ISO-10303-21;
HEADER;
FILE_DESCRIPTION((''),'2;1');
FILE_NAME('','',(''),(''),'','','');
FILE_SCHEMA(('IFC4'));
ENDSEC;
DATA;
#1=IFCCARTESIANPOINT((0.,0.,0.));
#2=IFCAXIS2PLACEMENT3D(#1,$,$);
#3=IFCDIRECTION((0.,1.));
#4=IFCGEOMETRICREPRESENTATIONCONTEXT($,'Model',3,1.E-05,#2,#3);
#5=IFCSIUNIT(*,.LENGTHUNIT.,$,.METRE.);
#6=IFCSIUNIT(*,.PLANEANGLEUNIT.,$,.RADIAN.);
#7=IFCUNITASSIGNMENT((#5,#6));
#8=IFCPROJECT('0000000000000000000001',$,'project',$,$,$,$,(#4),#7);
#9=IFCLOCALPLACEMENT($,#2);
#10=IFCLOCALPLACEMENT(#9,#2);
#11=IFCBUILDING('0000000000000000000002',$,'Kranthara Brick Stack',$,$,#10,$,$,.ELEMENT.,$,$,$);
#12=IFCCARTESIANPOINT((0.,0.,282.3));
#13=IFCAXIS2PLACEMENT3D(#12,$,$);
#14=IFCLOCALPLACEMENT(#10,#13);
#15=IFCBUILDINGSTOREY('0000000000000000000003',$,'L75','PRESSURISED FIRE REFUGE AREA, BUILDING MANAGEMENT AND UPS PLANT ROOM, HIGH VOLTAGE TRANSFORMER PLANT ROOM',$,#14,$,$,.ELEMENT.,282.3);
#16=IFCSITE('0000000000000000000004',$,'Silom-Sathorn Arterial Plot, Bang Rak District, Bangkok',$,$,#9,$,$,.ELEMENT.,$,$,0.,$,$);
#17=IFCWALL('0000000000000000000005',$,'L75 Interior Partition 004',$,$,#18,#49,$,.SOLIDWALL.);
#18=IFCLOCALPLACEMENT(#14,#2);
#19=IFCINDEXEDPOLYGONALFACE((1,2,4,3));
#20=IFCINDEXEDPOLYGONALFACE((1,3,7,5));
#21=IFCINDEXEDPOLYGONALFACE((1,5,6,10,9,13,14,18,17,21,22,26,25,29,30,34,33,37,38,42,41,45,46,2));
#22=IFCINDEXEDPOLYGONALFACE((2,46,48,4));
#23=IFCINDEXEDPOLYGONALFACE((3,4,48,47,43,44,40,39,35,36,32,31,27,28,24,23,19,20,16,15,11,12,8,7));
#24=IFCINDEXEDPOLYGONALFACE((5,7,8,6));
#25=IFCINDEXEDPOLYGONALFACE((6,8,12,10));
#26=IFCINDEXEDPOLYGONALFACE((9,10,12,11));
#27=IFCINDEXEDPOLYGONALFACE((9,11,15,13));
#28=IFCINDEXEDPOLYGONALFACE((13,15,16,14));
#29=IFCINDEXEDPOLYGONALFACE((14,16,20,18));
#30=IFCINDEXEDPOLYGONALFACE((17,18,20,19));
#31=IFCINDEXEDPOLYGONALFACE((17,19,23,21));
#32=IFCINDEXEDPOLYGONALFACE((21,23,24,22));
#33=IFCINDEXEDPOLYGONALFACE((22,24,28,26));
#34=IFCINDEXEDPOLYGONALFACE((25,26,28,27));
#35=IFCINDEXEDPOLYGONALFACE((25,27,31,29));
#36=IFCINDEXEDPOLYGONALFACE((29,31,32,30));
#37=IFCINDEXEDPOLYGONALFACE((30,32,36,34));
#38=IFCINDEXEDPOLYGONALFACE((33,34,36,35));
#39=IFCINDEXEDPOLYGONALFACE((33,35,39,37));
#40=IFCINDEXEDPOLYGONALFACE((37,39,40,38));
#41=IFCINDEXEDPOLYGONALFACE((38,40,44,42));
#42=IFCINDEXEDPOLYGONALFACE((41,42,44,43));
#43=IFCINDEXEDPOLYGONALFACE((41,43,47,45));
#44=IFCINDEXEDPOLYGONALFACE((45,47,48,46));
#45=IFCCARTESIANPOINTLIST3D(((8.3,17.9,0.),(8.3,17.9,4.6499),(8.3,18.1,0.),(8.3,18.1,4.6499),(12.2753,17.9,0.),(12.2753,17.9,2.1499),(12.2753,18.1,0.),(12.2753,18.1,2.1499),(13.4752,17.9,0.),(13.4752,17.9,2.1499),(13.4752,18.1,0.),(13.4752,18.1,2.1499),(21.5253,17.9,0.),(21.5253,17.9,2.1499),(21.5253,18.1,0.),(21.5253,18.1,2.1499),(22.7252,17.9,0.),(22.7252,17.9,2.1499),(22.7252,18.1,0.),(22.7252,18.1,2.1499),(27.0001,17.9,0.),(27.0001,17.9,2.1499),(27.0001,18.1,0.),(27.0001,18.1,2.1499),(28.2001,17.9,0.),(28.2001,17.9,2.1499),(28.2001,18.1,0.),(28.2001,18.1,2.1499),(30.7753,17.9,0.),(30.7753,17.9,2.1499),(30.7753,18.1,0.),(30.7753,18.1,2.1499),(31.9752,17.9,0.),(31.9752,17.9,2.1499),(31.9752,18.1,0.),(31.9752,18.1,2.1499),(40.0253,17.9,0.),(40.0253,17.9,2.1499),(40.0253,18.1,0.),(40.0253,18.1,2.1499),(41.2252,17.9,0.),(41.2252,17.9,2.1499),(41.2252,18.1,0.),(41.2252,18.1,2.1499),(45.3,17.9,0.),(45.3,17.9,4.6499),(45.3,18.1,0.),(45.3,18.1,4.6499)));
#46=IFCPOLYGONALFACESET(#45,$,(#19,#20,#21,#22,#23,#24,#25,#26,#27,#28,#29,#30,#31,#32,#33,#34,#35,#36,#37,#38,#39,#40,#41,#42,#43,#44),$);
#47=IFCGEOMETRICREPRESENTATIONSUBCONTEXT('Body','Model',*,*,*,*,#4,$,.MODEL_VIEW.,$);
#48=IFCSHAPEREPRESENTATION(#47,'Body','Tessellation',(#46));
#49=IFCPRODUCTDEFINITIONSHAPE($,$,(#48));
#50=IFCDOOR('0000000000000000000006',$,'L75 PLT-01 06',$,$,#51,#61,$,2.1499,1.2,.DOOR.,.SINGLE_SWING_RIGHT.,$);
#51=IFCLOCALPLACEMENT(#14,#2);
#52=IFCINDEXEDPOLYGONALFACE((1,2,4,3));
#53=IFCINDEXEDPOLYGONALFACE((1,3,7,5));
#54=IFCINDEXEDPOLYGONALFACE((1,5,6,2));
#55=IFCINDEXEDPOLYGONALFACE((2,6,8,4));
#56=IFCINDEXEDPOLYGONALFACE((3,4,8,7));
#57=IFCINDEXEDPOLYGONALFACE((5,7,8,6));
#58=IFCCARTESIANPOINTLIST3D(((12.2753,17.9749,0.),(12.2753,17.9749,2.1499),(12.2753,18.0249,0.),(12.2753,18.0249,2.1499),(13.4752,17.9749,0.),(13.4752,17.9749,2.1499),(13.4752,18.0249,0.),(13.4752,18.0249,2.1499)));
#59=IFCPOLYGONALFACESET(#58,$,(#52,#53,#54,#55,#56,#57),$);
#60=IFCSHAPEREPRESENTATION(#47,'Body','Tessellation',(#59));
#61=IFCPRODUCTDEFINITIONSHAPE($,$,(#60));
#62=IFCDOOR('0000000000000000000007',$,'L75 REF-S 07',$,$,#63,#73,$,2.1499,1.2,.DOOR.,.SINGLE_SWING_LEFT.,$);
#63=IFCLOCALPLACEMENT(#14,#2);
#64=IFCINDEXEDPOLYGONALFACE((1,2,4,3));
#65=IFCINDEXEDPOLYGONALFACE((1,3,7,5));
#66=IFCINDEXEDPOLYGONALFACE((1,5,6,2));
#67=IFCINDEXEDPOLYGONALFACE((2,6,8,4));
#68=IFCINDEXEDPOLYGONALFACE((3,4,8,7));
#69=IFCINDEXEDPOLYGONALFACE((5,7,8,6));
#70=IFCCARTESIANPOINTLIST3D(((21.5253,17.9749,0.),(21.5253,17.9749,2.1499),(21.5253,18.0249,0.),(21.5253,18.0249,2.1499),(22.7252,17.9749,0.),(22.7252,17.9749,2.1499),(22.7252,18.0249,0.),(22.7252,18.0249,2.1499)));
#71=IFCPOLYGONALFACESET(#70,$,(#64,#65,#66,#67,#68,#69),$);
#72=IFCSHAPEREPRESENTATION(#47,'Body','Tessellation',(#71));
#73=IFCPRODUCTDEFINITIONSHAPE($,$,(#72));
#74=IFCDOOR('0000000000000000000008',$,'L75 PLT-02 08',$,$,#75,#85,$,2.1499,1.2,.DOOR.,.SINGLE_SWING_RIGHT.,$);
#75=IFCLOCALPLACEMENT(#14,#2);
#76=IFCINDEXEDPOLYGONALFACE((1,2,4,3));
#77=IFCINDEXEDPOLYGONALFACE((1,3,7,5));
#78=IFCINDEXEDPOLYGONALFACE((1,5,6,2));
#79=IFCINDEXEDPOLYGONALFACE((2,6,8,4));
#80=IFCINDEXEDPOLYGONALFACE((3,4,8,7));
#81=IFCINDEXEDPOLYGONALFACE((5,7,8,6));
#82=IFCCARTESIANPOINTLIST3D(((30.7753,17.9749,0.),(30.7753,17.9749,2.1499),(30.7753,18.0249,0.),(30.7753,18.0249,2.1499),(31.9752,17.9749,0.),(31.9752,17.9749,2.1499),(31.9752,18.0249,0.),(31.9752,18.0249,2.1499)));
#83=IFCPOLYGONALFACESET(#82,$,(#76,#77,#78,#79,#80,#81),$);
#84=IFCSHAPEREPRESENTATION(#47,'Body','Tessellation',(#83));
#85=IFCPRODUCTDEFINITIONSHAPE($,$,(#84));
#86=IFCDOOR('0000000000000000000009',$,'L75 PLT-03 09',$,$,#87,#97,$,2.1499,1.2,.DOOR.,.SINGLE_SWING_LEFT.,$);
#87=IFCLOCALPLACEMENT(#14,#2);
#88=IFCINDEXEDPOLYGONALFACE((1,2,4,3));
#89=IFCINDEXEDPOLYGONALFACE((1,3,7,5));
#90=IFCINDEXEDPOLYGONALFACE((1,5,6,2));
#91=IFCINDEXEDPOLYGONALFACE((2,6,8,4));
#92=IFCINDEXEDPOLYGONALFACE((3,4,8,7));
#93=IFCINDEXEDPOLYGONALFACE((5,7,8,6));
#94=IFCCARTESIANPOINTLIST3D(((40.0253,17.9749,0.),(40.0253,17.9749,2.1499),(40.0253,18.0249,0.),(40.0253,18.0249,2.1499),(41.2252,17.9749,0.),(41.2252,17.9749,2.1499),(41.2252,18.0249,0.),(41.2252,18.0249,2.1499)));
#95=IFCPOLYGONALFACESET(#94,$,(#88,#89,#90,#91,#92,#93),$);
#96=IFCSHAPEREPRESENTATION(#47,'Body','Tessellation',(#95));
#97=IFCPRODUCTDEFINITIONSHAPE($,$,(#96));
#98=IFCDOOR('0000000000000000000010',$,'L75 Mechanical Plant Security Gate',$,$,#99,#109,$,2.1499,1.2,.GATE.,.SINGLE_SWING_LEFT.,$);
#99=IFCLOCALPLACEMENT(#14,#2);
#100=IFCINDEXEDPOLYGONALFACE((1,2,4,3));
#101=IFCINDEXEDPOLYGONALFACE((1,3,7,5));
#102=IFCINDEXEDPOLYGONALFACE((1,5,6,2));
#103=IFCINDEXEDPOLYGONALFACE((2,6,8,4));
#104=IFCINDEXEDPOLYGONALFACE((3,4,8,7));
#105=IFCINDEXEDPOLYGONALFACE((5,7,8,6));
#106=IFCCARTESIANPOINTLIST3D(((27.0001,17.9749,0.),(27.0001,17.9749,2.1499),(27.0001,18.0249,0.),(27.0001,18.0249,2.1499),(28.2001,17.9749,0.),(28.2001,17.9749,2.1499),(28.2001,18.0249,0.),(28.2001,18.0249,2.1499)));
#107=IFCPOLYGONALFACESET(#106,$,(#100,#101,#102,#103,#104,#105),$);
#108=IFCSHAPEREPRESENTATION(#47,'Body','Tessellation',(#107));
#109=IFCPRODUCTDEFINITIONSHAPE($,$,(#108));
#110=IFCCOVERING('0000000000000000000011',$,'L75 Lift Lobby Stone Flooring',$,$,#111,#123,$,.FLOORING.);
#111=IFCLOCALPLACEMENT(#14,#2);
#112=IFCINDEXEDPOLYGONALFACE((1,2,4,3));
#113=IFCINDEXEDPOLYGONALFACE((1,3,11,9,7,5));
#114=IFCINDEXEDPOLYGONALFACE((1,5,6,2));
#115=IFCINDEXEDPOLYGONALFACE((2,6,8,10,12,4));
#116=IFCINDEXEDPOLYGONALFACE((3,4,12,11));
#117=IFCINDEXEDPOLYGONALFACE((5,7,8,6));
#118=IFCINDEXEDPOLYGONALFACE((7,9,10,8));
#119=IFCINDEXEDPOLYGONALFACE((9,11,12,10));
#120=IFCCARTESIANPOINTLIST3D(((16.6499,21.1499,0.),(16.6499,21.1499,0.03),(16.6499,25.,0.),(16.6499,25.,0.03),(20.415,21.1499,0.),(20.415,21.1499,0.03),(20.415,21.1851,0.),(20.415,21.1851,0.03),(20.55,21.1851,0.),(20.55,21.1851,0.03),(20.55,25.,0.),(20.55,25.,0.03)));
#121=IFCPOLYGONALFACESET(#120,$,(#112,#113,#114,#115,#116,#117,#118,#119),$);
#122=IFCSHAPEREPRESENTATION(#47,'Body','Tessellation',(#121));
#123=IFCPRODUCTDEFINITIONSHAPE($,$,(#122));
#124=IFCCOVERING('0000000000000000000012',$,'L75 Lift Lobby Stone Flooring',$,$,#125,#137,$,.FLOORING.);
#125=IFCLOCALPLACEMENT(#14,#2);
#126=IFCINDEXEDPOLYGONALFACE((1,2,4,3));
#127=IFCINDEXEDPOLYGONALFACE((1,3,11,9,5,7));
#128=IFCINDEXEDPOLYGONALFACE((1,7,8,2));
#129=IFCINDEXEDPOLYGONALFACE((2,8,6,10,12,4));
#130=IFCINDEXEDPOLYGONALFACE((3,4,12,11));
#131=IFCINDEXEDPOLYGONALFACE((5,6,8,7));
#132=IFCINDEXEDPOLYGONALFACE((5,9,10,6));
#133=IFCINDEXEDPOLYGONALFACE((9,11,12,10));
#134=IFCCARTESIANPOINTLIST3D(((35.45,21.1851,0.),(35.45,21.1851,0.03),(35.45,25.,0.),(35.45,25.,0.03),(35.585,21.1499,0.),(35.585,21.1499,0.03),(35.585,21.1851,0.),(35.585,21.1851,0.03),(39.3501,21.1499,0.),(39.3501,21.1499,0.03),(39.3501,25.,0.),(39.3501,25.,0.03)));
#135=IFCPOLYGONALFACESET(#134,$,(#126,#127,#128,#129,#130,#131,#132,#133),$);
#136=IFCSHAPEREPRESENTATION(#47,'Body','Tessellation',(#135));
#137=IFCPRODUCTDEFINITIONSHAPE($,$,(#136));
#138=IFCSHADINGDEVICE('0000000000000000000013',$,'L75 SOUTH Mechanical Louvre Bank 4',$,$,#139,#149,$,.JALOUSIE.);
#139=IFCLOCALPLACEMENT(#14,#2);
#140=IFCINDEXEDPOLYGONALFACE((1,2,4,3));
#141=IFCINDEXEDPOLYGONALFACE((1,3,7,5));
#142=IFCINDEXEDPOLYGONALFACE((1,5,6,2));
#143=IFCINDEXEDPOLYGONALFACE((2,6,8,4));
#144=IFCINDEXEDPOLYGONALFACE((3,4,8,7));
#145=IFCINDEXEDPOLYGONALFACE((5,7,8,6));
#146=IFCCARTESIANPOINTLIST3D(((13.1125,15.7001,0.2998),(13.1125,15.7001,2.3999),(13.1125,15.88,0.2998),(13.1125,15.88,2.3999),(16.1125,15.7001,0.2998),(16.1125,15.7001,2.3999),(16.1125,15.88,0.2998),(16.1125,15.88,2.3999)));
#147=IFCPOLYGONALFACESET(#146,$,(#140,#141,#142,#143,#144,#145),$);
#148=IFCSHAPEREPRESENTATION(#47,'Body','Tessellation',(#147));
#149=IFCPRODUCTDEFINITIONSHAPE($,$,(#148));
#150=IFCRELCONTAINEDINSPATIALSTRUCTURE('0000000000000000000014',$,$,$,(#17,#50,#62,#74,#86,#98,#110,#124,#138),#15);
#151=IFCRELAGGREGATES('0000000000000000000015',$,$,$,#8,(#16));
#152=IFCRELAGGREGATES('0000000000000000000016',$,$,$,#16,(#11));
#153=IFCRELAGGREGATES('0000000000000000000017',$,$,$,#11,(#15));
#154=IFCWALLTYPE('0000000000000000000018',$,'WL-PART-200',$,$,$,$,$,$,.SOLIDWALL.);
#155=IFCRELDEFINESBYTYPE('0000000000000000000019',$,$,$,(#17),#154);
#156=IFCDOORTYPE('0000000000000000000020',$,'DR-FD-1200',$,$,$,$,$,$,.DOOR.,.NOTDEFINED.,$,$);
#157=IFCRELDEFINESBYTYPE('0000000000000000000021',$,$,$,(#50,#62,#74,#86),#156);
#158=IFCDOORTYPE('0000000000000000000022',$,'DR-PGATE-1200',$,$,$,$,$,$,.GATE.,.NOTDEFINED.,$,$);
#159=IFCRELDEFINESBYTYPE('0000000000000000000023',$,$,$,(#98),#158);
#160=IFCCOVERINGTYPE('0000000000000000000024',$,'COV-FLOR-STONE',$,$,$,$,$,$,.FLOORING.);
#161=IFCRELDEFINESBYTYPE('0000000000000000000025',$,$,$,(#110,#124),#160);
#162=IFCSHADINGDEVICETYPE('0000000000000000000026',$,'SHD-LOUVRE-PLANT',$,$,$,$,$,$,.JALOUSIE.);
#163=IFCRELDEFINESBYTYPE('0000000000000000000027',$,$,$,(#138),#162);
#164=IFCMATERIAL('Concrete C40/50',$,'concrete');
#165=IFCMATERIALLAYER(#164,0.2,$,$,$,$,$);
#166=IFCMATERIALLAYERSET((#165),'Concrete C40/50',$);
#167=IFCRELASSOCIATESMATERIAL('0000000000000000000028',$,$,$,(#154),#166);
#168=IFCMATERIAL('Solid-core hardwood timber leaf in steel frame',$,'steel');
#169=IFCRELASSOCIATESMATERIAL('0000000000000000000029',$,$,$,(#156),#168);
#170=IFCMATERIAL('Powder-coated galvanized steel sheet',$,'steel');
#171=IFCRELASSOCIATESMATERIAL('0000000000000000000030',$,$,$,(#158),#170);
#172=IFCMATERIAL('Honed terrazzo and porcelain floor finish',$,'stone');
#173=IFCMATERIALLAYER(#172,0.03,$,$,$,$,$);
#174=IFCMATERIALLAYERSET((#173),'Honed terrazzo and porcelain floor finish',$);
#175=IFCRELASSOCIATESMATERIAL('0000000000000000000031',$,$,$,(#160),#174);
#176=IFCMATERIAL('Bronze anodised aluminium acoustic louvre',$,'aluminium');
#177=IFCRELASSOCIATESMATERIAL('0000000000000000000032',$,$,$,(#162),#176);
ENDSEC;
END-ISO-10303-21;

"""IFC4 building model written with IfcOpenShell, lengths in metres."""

from ifc_helpers import new_model, si_unit, direction, frame, frame_2d, origin, origin_2d, place, context, subcontext, project, spatial, polyline, rectangle, outline, extrude, material, layer, layer_set, type_object, element, fill, save


model = new_model("IFC4")

# Units and contexts
model_context = context("Model", 3, precision=1e-05, world=origin(), true_north=direction((0.0, 1.0)))
body_context = subcontext(model_context, "Body", "Model", "MODEL_VIEW")
ifc_project = project(units=[si_unit("LENGTHUNIT", "METRE"), si_unit("PLANEANGLEUNIT", "RADIAN")], contexts=[model_context])

# Site, building, storey
site_placement = place(None, origin())
site = spatial("IfcSite", under=ifc_project, at=site_placement, Name="Silom-Sathorn Arterial Plot, Bang Rak District, Bangkok", CompositionType="ELEMENT", RefElevation=0.0)
building_placement = place(site_placement, origin())
building = spatial("IfcBuilding", under=site, at=building_placement, Name="Kranthara Brick Stack", CompositionType="ELEMENT")
storey_placement = place(building_placement, frame((0.0, 0.0, 282.3)))
storey = spatial("IfcBuildingStorey", under=building, at=storey_placement, Name="L75", Description="PRESSURISED FIRE REFUGE AREA, BUILDING MANAGEMENT AND UPS PLANT ROOM, HIGH VOLTAGE TRANSFORMER PLANT ROOM", CompositionType="ELEMENT", Elevation=282.3)

# Wall, openings, doors
ifc_material_1 = material(Name="Concrete C40/50", Category="concrete")
ifc_layer_1 = layer(ifc_material_1, 0.2)
ifc_layer_set_1 = layer_set([ifc_layer_1], Name="Concrete C40/50")
wall_type_1 = type_object("IfcWallType", Name="WL-PART-200", PredefinedType="SOLIDWALL", material=ifc_layer_set_1)
wall_1_placement = place(storey_placement, frame((8.3, 18.0, 0.0), z_axis=(0.0, 0.0, 1.0), x_axis=(1.0, 0.0, 0.0)))
wall_1 = element("IfcWall", 1, at=wall_1_placement, inside=storey, type_object=wall_type_1, Name="L75 Interior Partition 004", PredefinedType="SOLIDWALL", context=body_context, shape_type="SweptSolid", body=[
    extrude(rectangle(XDim=37.0, YDim=0.2, at=frame_2d((18.5, 0.0))), origin(), (0.0, 0.0, 1.0), 4.6499),
])
opening_1_placement = place(wall_1_placement, frame((3.9751, 0.0, 0.0)))
opening_1 = element("IfcOpeningElement", 2, at=opening_1_placement, cuts=wall_1, PredefinedType="OPENING", context=body_context, shape_type="SweptSolid", body=[
    extrude(rectangle(XDim=1.2, YDim=2.1499, at=frame_2d((0.6001, 1.075))), frame((0.0, 0.1099, 0.0), z_axis=(0.0, -1.0, 0.0), x_axis=(1.0, 0.0, 0.0)), (0.0, 0.0, 1.0), 0.22),
])
opening_2_placement = place(wall_1_placement, frame((13.2251, 0.0, 0.0)))
opening_2 = element("IfcOpeningElement", 3, at=opening_2_placement, cuts=wall_1, PredefinedType="OPENING", context=body_context, shape_type="SweptSolid", body=[
    extrude(rectangle(XDim=1.2, YDim=2.1499, at=frame_2d((0.6001, 1.075))), frame((0.0, 0.1099, 0.0), z_axis=(0.0, -1.0, 0.0), x_axis=(1.0, 0.0, 0.0)), (0.0, 0.0, 1.0), 0.22),
])
opening_3_placement = place(wall_1_placement, frame((22.4751, 0.0, 0.0)))
opening_3 = element("IfcOpeningElement", 4, at=opening_3_placement, cuts=wall_1, PredefinedType="OPENING", context=body_context, shape_type="SweptSolid", body=[
    extrude(rectangle(XDim=1.2, YDim=2.1499, at=frame_2d((0.6001, 1.075))), frame((0.0, 0.1099, 0.0), z_axis=(0.0, -1.0, 0.0), x_axis=(1.0, 0.0, 0.0)), (0.0, 0.0, 1.0), 0.22),
])
opening_4_placement = place(wall_1_placement, frame((31.7251, 0.0, 0.0)))
opening_4 = element("IfcOpeningElement", 5, at=opening_4_placement, cuts=wall_1, PredefinedType="OPENING", context=body_context, shape_type="SweptSolid", body=[
    extrude(rectangle(XDim=1.2, YDim=2.1499, at=frame_2d((0.6001, 1.075))), frame((0.0, 0.1099, 0.0), z_axis=(0.0, -1.0, 0.0), x_axis=(1.0, 0.0, 0.0)), (0.0, 0.0, 1.0), 0.22),
])
opening_5_placement = place(wall_1_placement, frame((18.7, 0.0, 0.0)))
opening_5 = element("IfcOpeningElement", 6, at=opening_5_placement, cuts=wall_1, PredefinedType="OPENING", context=body_context, shape_type="SweptSolid", body=[
    extrude(rectangle(XDim=1.2, YDim=2.1499, at=frame_2d((0.6001, 1.075))), frame((0.0, 0.1099, 0.0), z_axis=(0.0, -1.0, 0.0), x_axis=(1.0, 0.0, 0.0)), (0.0, 0.0, 1.0), 0.22),
])
ifc_material_2 = material(Name="Solid-core hardwood timber leaf in steel frame", Category="steel")
door_type_1 = type_object("IfcDoorType", Name="DR-FD-1200", OperationType="NOTDEFINED", PredefinedType="DOOR", material=ifc_material_2)
door_1_placement = place(opening_1_placement, origin())
door_1 = element("IfcDoor", 7, at=door_1_placement, inside=storey, type_object=door_type_1, Name="L75 PLT-01 06", OperationType="SINGLE_SWING_RIGHT", OverallHeight=2.1499, OverallWidth=1.2, PredefinedType="DOOR", context=body_context, shape_type="SweptSolid", body=[
    extrude(rectangle(XDim=1.2, YDim=2.1499, at=frame_2d((0.6001, 1.075))), frame((0.0, 0.0249, 0.0), z_axis=(0.0, -1.0, 0.0), x_axis=(1.0, 0.0, 0.0)), (0.0, 0.0, 1.0), 0.05),
])
fill(opening_1, door_1)
door_2_placement = place(opening_2_placement, origin())
door_2 = element("IfcDoor", 8, at=door_2_placement, inside=storey, type_object=door_type_1, Name="L75 REF-S 07", OperationType="SINGLE_SWING_LEFT", OverallHeight=2.1499, OverallWidth=1.2, PredefinedType="DOOR", context=body_context, shape_type="SweptSolid", body=[
    extrude(rectangle(XDim=1.2, YDim=2.1499, at=frame_2d((0.6001, 1.075))), frame((0.0, 0.0249, 0.0), z_axis=(0.0, -1.0, 0.0), x_axis=(1.0, 0.0, 0.0)), (0.0, 0.0, 1.0), 0.05),
])
fill(opening_2, door_2)
door_3_placement = place(opening_3_placement, origin())
door_3 = element("IfcDoor", 9, at=door_3_placement, inside=storey, type_object=door_type_1, Name="L75 PLT-02 08", OperationType="SINGLE_SWING_RIGHT", OverallHeight=2.1499, OverallWidth=1.2, PredefinedType="DOOR", context=body_context, shape_type="SweptSolid", body=[
    extrude(rectangle(XDim=1.2, YDim=2.1499, at=frame_2d((0.6001, 1.075))), frame((0.0, 0.0249, 0.0), z_axis=(0.0, -1.0, 0.0), x_axis=(1.0, 0.0, 0.0)), (0.0, 0.0, 1.0), 0.05),
])
fill(opening_3, door_3)
door_4_placement = place(opening_4_placement, origin())
door_4 = element("IfcDoor", 10, at=door_4_placement, inside=storey, type_object=door_type_1, Name="L75 PLT-03 09", OperationType="SINGLE_SWING_LEFT", OverallHeight=2.1499, OverallWidth=1.2, PredefinedType="DOOR", context=body_context, shape_type="SweptSolid", body=[
    extrude(rectangle(XDim=1.2, YDim=2.1499, at=frame_2d((0.6001, 1.075))), frame((0.0, 0.0249, 0.0), z_axis=(0.0, -1.0, 0.0), x_axis=(1.0, 0.0, 0.0)), (0.0, 0.0, 1.0), 0.05),
])
fill(opening_4, door_4)
ifc_material_3 = material(Name="Powder-coated galvanized steel sheet", Category="steel")
door_type_2 = type_object("IfcDoorType", Name="DR-PGATE-1200", OperationType="NOTDEFINED", PredefinedType="GATE", material=ifc_material_3)
door_5_placement = place(opening_5_placement, origin())
door_5 = element("IfcDoor", 11, at=door_5_placement, inside=storey, type_object=door_type_2, Name="L75 Mechanical Plant Security Gate", OperationType="SINGLE_SWING_LEFT", OverallHeight=2.1499, OverallWidth=1.2, PredefinedType="GATE", context=body_context, shape_type="SweptSolid", body=[
    extrude(rectangle(XDim=1.2, YDim=2.1499, at=frame_2d((0.6001, 1.075))), frame((0.0, 0.0249, 0.0), z_axis=(0.0, -1.0, 0.0), x_axis=(1.0, 0.0, 0.0)), (0.0, 0.0, 1.0), 0.05),
])
fill(opening_5, door_5)

# Coverings
ifc_material_4 = material(Name="Honed terrazzo and porcelain floor finish", Category="stone")
ifc_layer_2 = layer(ifc_material_4, 0.03)
ifc_layer_set_2 = layer_set([ifc_layer_2], Name="Honed terrazzo and porcelain floor finish")
covering_type = type_object("IfcCoveringType", Name="COV-FLOR-STONE", PredefinedType="FLOORING", material=ifc_layer_set_2)
covering_1_placement = place(storey_placement, origin())
element("IfcCovering", 12, at=covering_1_placement, inside=storey, type_object=covering_type, Name="L75 Lift Lobby Stone Flooring", PredefinedType="FLOORING", context=body_context, shape_type="SweptSolid", body=[
    extrude(outline(polyline([(16.6499, 21.1499), (16.6499, 25.0), (20.55, 25.0), (20.55, 21.1851), (20.415, 21.1851), (20.415, 21.1499), (16.6499, 21.1499)])), origin(), (0.0, 0.0, 1.0), 0.03),
])
covering_2_placement = place(storey_placement, origin())
element("IfcCovering", 13, at=covering_2_placement, inside=storey, type_object=covering_type, Name="L75 Lift Lobby Stone Flooring", PredefinedType="FLOORING", context=body_context, shape_type="SweptSolid", body=[
    extrude(outline(polyline([(35.45, 25.0), (39.3501, 25.0), (39.3501, 21.1499), (35.585, 21.1499), (35.585, 21.1851), (35.45, 21.1851), (35.45, 25.0)])), origin(), (0.0, 0.0, 1.0), 0.03),
])

# Shading device
ifc_material_5 = material(Name="Bronze anodised aluminium acoustic louvre", Category="aluminium")
shading_device_type = type_object("IfcShadingDeviceType", Name="SHD-LOUVRE-PLANT", PredefinedType="JALOUSIE", material=ifc_material_5)
shading_device_placement = place(storey_placement, frame((14.6125, 15.79, 0.2998), z_axis=(0.0, 0.0, 1.0), x_axis=(-1.0, 0.0, 0.0)))
element("IfcShadingDevice", 14, at=shading_device_placement, inside=storey, type_object=shading_device_type, Name="L75 SOUTH Mechanical Louvre Bank 4", PredefinedType="JALOUSIE", context=body_context, shape_type="SweptSolid", body=[
    extrude(rectangle(XDim=3.0, YDim=0.1799, at=origin_2d()), origin(), (0.0, 0.0, 1.0), 2.1001),
])

save(model, "model.ifc")
